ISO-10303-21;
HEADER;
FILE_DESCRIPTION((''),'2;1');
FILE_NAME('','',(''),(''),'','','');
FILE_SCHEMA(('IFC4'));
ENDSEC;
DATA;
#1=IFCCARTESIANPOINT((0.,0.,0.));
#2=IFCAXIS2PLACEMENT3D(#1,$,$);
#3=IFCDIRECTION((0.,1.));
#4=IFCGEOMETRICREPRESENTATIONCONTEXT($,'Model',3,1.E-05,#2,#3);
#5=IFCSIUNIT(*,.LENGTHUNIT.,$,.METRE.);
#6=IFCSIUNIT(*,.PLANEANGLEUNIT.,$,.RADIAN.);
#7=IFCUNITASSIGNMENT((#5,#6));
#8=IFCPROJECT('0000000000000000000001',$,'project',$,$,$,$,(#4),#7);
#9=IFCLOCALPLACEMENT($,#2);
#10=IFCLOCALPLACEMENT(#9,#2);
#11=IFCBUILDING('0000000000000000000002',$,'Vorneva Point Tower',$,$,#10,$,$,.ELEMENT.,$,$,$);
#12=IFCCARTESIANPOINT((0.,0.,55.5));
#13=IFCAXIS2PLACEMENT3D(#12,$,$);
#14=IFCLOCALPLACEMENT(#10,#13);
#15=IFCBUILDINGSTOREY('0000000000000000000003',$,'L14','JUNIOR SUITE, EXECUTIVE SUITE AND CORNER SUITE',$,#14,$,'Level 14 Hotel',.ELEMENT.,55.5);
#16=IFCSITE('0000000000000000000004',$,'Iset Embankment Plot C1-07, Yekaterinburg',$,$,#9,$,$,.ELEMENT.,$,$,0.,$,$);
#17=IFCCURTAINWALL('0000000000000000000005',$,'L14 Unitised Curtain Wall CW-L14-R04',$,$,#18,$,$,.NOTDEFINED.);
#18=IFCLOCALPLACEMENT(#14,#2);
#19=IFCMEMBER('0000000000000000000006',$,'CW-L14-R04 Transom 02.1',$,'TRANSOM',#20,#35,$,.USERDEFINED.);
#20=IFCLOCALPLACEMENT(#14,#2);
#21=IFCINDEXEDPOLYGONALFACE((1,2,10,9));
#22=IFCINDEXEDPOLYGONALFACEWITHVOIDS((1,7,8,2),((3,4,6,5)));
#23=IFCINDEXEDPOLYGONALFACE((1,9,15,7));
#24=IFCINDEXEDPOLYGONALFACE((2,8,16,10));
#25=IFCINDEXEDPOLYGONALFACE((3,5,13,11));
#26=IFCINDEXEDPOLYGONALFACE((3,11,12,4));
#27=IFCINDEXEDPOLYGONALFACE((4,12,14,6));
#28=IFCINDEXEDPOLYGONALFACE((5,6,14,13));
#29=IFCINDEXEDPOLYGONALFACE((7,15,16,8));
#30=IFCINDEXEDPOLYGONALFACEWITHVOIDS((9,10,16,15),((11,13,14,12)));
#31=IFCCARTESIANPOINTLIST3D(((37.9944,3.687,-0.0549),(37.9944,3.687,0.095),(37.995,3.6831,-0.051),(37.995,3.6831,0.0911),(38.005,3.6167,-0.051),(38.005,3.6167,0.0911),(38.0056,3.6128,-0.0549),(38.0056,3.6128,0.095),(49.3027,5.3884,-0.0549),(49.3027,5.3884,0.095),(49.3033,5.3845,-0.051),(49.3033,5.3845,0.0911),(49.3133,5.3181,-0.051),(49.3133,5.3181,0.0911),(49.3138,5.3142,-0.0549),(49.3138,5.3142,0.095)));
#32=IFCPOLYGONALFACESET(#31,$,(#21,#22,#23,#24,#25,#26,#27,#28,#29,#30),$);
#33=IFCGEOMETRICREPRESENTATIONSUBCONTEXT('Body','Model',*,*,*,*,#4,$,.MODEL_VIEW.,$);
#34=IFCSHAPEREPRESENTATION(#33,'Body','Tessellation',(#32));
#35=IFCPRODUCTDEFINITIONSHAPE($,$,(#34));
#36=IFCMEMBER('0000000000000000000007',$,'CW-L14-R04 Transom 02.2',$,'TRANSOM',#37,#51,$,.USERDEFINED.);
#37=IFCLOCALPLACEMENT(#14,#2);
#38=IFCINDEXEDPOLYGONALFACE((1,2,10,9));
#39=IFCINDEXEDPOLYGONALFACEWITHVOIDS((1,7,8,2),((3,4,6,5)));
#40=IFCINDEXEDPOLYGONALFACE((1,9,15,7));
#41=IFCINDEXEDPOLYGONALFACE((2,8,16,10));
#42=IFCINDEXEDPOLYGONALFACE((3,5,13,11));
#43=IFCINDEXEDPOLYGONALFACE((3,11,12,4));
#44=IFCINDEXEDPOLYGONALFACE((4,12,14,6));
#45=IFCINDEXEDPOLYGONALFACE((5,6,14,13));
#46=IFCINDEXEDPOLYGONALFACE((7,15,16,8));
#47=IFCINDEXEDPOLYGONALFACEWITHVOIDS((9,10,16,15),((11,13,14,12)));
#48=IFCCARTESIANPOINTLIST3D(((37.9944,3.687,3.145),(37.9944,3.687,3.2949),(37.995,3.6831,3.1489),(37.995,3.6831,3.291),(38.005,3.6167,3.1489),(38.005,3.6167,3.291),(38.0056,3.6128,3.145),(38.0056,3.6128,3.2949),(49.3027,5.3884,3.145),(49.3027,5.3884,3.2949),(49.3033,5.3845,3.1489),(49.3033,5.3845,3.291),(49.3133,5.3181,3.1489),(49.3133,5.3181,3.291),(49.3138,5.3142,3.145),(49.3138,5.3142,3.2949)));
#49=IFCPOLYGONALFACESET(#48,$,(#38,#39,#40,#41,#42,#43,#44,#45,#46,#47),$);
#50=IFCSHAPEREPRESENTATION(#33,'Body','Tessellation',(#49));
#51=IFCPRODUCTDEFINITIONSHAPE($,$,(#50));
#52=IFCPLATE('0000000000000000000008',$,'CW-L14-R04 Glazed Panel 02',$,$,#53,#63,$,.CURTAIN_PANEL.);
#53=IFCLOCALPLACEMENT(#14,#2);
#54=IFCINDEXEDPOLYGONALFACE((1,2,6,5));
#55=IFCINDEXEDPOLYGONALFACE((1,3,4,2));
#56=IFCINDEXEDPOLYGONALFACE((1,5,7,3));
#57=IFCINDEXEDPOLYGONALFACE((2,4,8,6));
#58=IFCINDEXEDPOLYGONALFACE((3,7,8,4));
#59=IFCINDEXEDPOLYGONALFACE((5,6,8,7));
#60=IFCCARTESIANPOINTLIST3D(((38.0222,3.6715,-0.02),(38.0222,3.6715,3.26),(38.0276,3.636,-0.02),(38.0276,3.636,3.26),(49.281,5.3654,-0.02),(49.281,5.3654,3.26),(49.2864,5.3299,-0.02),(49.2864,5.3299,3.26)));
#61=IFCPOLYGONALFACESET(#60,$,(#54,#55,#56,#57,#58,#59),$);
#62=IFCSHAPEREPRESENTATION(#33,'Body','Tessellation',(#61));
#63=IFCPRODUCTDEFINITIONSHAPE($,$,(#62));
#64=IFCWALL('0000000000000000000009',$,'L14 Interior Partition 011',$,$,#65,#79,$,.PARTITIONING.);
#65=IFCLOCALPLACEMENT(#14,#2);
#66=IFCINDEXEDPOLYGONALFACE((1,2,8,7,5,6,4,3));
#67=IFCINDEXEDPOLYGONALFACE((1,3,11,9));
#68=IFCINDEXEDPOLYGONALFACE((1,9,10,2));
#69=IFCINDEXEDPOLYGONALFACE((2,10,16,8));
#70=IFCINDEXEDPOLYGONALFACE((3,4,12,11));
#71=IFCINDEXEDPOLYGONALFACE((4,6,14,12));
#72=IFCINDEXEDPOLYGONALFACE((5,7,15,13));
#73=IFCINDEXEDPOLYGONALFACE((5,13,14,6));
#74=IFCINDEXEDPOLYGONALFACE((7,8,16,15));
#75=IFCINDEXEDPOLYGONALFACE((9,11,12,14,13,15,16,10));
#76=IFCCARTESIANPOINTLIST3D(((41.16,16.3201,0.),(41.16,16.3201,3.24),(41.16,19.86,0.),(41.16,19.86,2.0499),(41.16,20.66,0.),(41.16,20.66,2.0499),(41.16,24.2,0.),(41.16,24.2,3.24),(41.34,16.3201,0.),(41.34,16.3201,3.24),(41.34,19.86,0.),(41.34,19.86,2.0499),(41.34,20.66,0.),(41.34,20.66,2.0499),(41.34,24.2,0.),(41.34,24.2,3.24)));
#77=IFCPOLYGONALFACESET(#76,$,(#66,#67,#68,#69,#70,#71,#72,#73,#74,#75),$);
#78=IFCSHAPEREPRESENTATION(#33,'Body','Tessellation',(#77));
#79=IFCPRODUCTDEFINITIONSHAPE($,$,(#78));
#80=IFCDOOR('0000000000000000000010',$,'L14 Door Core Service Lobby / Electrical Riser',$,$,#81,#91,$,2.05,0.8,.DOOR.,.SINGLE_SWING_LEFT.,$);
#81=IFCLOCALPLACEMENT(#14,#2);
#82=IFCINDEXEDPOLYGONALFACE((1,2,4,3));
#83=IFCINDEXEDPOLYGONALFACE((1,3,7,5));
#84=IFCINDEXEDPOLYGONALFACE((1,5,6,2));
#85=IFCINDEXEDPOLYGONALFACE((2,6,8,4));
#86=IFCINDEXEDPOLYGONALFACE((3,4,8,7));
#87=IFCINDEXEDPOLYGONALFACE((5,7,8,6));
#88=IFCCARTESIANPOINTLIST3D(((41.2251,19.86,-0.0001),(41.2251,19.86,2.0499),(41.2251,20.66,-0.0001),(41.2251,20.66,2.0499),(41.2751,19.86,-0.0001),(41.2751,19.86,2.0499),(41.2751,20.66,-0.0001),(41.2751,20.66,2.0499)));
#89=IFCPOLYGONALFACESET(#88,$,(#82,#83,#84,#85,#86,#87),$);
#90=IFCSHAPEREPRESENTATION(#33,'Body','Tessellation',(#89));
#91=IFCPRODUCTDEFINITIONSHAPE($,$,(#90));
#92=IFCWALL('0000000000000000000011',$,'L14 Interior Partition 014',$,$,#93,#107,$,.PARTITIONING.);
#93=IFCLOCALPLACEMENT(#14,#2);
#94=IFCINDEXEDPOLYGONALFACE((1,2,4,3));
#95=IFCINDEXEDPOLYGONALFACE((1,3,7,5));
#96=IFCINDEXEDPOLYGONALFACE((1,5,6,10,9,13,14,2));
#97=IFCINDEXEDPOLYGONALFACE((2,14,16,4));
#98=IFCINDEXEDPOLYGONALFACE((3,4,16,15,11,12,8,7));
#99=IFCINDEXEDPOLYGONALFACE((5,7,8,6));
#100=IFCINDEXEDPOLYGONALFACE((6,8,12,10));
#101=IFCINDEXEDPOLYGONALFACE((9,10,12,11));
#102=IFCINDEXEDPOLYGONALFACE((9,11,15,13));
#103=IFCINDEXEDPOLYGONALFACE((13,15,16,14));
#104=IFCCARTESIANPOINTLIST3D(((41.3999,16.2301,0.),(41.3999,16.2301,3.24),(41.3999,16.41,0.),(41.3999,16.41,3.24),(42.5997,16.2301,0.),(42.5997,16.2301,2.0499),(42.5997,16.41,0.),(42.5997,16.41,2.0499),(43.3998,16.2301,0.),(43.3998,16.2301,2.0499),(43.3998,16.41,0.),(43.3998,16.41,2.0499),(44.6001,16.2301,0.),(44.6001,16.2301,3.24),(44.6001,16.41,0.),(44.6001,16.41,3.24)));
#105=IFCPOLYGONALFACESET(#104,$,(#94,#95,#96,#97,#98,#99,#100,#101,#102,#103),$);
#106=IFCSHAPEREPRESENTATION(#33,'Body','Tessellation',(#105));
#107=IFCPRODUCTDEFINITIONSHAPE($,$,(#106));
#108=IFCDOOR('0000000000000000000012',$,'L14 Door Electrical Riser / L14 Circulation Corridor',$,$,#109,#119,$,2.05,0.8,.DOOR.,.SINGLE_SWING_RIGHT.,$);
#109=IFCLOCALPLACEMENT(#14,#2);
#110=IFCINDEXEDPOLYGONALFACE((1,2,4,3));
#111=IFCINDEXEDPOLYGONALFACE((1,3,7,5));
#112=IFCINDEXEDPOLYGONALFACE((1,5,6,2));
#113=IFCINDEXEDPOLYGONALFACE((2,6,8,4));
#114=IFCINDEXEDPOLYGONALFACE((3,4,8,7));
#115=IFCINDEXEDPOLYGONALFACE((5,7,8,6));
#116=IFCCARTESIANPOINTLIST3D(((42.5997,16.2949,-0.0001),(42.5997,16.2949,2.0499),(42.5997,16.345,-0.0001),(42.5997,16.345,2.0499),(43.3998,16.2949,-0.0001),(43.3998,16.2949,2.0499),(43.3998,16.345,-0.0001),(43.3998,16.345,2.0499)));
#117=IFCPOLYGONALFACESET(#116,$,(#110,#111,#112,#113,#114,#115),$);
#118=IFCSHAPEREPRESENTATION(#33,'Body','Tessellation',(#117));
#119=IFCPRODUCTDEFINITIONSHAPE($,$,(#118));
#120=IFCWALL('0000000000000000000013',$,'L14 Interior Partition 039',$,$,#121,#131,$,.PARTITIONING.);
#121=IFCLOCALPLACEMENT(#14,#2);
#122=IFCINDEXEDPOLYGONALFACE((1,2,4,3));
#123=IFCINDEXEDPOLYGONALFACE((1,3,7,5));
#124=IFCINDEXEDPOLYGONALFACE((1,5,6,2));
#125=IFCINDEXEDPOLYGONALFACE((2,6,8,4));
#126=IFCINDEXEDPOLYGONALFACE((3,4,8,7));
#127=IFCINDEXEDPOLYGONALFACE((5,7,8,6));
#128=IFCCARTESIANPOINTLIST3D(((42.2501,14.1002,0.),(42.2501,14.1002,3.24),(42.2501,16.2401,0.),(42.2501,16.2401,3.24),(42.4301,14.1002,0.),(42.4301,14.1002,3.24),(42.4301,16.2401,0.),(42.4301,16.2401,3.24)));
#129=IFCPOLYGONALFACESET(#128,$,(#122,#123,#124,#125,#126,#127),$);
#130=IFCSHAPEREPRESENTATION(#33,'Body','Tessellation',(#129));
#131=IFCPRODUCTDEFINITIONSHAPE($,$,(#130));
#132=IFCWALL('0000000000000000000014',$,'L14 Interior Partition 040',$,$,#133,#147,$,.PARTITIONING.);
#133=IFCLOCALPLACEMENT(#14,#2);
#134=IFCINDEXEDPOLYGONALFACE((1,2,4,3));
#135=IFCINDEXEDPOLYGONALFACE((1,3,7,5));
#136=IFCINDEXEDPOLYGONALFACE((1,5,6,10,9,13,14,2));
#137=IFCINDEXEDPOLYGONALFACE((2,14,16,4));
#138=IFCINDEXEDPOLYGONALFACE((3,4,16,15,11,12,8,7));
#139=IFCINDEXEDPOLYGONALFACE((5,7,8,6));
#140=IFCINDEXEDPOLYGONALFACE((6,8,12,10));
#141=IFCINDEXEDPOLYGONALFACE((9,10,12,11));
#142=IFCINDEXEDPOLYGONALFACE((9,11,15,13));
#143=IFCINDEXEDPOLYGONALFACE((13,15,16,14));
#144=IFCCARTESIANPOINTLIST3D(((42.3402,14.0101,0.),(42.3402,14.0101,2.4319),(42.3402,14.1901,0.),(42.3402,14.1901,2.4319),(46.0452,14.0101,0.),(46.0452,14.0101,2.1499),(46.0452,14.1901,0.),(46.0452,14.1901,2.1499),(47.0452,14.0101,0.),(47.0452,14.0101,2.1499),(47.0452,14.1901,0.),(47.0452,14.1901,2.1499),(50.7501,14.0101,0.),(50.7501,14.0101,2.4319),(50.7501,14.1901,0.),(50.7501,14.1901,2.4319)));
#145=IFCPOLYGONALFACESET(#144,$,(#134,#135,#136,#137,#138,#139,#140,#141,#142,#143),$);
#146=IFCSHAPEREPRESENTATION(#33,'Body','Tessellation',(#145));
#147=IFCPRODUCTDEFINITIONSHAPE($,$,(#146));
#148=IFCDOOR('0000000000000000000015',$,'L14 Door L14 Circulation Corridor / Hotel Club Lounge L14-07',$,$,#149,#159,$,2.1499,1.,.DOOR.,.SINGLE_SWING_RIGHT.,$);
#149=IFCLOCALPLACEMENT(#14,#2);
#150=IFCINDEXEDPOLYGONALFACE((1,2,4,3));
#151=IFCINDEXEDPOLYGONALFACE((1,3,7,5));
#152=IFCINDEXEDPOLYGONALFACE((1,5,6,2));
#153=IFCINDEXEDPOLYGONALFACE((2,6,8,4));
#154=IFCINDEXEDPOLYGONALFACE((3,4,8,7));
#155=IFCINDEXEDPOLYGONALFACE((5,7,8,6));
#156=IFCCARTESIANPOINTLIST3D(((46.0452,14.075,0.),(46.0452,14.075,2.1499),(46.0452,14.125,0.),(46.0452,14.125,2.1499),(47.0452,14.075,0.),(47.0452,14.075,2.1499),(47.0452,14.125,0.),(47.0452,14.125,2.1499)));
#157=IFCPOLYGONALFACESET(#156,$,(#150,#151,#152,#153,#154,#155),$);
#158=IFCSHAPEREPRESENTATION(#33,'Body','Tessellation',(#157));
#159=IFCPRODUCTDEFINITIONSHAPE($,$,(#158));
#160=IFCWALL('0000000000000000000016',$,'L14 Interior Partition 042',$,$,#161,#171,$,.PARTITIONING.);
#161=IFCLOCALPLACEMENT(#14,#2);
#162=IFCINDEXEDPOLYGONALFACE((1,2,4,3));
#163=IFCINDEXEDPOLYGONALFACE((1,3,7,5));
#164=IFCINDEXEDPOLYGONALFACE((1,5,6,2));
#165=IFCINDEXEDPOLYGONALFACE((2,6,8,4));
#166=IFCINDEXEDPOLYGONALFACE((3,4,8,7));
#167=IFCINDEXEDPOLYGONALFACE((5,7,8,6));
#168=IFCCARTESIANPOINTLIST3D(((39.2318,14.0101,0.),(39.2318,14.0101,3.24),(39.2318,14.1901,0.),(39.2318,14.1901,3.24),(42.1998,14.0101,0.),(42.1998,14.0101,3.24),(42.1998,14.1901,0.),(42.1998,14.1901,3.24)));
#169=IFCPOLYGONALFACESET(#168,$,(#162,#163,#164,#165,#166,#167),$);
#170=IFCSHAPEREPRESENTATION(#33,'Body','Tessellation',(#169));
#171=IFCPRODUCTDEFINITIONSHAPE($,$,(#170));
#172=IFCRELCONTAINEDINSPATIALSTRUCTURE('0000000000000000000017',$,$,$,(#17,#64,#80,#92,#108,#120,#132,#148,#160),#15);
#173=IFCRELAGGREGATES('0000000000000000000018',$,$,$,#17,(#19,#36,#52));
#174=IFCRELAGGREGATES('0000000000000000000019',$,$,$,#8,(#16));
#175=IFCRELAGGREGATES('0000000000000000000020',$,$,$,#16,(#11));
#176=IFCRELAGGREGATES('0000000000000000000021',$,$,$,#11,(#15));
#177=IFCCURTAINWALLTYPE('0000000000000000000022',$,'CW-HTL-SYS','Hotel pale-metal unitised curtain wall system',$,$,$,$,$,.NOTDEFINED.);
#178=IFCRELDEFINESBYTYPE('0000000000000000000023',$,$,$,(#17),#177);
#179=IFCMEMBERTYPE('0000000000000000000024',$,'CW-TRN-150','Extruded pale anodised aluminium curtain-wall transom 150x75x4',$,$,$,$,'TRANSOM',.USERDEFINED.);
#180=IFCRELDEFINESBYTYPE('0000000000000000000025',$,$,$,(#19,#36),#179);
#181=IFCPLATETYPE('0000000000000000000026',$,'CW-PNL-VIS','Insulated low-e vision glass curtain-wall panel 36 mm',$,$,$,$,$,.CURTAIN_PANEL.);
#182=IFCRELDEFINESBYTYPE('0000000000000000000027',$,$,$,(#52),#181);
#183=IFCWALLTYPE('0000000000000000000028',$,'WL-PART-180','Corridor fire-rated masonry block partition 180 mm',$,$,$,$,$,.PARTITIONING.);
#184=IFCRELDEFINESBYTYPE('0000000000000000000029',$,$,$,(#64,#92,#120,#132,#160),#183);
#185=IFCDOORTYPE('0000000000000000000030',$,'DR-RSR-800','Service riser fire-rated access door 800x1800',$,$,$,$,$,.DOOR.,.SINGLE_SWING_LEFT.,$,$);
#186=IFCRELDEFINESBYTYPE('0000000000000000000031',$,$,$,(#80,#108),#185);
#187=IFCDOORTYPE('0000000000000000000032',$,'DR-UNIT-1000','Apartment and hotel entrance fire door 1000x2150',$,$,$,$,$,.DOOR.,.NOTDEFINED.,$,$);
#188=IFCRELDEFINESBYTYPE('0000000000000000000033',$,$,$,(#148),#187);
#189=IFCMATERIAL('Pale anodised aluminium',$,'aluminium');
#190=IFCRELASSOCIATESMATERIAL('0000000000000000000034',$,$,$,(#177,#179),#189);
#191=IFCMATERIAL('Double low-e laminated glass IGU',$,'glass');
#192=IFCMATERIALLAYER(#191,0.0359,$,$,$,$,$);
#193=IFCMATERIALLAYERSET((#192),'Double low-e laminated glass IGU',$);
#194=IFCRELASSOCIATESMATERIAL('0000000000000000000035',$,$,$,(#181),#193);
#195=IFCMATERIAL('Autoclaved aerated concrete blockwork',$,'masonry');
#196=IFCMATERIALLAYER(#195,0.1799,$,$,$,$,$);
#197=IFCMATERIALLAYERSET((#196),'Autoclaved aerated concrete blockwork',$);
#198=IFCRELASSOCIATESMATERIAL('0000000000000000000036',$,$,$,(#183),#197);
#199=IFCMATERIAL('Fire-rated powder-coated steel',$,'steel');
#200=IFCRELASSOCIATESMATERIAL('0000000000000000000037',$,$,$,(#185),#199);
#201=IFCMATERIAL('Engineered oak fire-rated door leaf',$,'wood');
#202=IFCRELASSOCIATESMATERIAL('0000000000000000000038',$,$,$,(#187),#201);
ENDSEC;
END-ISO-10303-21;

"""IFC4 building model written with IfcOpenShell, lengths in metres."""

from ifc_helpers import new_model, si_unit, direction, frame, frame_2d, origin, origin_2d, place, context, subcontext, project, spatial, rectangle, hollow_rectangle, extrude, material, layer, layer_set, material_profile, profile_set, type_object, element, fill, aggregate, save


model = new_model("IFC4")

# Units and contexts
model_context = context("Model", 3, precision=1e-05, world=origin(), true_north=direction((0.0, 1.0)))
body_context = subcontext(model_context, "Body", "Model", "MODEL_VIEW")
ifc_project = project(units=[si_unit("LENGTHUNIT", "METRE"), si_unit("PLANEANGLEUNIT", "RADIAN")], contexts=[model_context])

# Site, building, storey
site_placement = place(None, origin())
site = spatial("IfcSite", under=ifc_project, at=site_placement, Name="Iset Embankment Plot C1-07, Yekaterinburg", CompositionType="ELEMENT", RefElevation=0.0)
building_placement = place(site_placement, origin())
building = spatial("IfcBuilding", under=site, at=building_placement, Name="Vorneva Point Tower", CompositionType="ELEMENT")
storey_placement = place(building_placement, frame((0.0, 0.0, 55.5)))
storey = spatial("IfcBuildingStorey", under=building, at=storey_placement, Name="L14", Description="JUNIOR SUITE, EXECUTIVE SUITE AND CORNER SUITE", LongName="Level 14 Hotel", CompositionType="ELEMENT", Elevation=55.5)

# Curtain wall, members, plate
ifc_material_1 = material(Name="Pale anodised aluminium", Category="aluminium")
curtain_wall_type = type_object("IfcCurtainWallType", Name="CW-HTL-SYS", Description="Hotel pale-metal unitised curtain wall system", PredefinedType="NOTDEFINED", material=ifc_material_1)
curtain_wall_placement = place(storey_placement, origin())
curtain_wall = element("IfcCurtainWall", 1, at=curtain_wall_placement, inside=storey, type_object=curtain_wall_type, Name="L14 Unitised Curtain Wall CW-L14-R04", PredefinedType="NOTDEFINED")
ifc_material_profile_1 = material_profile(ifc_material_1, hollow_rectangle(XDim=0.075, YDim=0.1499, WallThickness=0.0039, at=origin_2d()), Name="AL-TRN 150x75x4")
ifc_profile_set_1 = profile_set([ifc_material_profile_1], Name="Pale anodised aluminium")
member_type_1 = type_object("IfcMemberType", Name="CW-TRN-150", Description="Extruded pale anodised aluminium curtain-wall transom 150x75x4", ElementType="TRANSOM", PredefinedType="USERDEFINED", material=ifc_profile_set_1)
member_1_placement = place(storey_placement, frame((38.0, 3.6499, 0.02), z_axis=(0.98887, 0.148782, 0.0), x_axis=(-0.148782, 0.98887, 0.0)))
member_1 = element("IfcMember", 2, at=member_1_placement, type_object=member_type_1, Name="CW-L14-R04 Transom 02.1", ObjectType="TRANSOM", PredefinedType="USERDEFINED", context=body_context, shape_type="SweptSolid", body=[
    extrude(hollow_rectangle(XDim=0.075, YDim=0.1499, WallThickness=0.0039, at=origin_2d()), origin(), (0.0, 0.0, 1.0), 11.4355),
])
member_2_placement = place(storey_placement, frame((38.0, 3.6499, 3.22), z_axis=(0.98887, 0.148782, 0.0), x_axis=(-0.148782, 0.98887, 0.0)))
member_2 = element("IfcMember", 3, at=member_2_placement, type_object=member_type_1, Name="CW-L14-R04 Transom 02.2", ObjectType="TRANSOM", PredefinedType="USERDEFINED", context=body_context, shape_type="SweptSolid", body=[
    extrude(hollow_rectangle(XDim=0.075, YDim=0.1499, WallThickness=0.0039, at=origin_2d()), origin(), (0.0, 0.0, 1.0), 11.4355),
])
ifc_material_2 = material(Name="Double low-e laminated glass IGU", Category="glass")
ifc_layer_1 = layer(ifc_material_2, 0.0359)
ifc_layer_set_1 = layer_set([ifc_layer_1], Name="Double low-e laminated glass IGU")
plate_type = type_object("IfcPlateType", Name="CW-PNL-VIS", Description="Insulated low-e vision glass curtain-wall panel 36 mm", PredefinedType="CURTAIN_PANEL", material=ifc_layer_set_1)
plate_placement = place(storey_placement, frame((43.6543, 4.5007, -0.02), z_axis=(0.0, 0.0, 1.0), x_axis=(0.988871, 0.148776, 0.0)))
plate = element("IfcPlate", 4, at=plate_placement, type_object=plate_type, Name="CW-L14-R04 Glazed Panel 02", PredefinedType="CURTAIN_PANEL", context=body_context, shape_type="SweptSolid", body=[
    extrude(rectangle(XDim=11.3855, YDim=0.0359, at=origin_2d()), origin(), (0.0, 0.0, 1.0), 3.28),
])
aggregate(curtain_wall, [member_1, member_2, plate])

# Walls, openings, doors
ifc_material_3 = material(Name="Autoclaved aerated concrete blockwork", Category="masonry")
ifc_layer_2 = layer(ifc_material_3, 0.1799)
ifc_layer_set_2 = layer_set([ifc_layer_2], Name="Autoclaved aerated concrete blockwork")
wall_type_1 = type_object("IfcWallType", Name="WL-PART-180", Description="Corridor fire-rated masonry block partition 180 mm", PredefinedType="PARTITIONING", material=ifc_layer_set_2)
wall_1_placement = place(storey_placement, frame((41.25, 16.3201, 0.0), z_axis=(0.0, 0.0, 1.0), x_axis=(0.0, 1.0, 0.0)))
wall_1 = element("IfcWall", 5, at=wall_1_placement, inside=storey, type_object=wall_type_1, Name="L14 Interior Partition 011", PredefinedType="PARTITIONING", context=body_context, shape_type="SweptSolid", body=[
    extrude(rectangle(XDim=7.8799, YDim=0.1799, at=frame_2d((3.9399, 0.0))), origin(), (0.0, 0.0, 1.0), 3.24),
])
opening_1_placement = place(wall_1_placement, frame((3.54, 0.0, 0.0)))
opening_1 = element("IfcOpeningElement", 6, at=opening_1_placement, cuts=wall_1, PredefinedType="OPENING", context=body_context, shape_type="SweptSolid", body=[
    extrude(rectangle(XDim=0.8, YDim=2.05, at=frame_2d((0.3999, 1.0249))), frame((0.0, 0.105, 0.0), z_axis=(0.0, -1.0, 0.0), x_axis=(1.0, 0.0, 0.0)), (0.0, 0.0, 1.0), 0.2097),
])
ifc_material_4 = material(Name="Fire-rated powder-coated steel", Category="steel")
door_type_1 = type_object("IfcDoorType", Name="DR-RSR-800", Description="Service riser fire-rated access door 800x1800", OperationType="SINGLE_SWING_LEFT", PredefinedType="DOOR", material=ifc_material_4)
door_1_placement = place(opening_1_placement, origin())
door_1 = element("IfcDoor", 7, at=door_1_placement, inside=storey, type_object=door_type_1, Name="L14 Door Core Service Lobby / Electrical Riser", OperationType="SINGLE_SWING_LEFT", OverallHeight=2.05, OverallWidth=0.8, PredefinedType="DOOR", context=body_context, shape_type="SweptSolid", body=[
    extrude(rectangle(XDim=0.8, YDim=2.05, at=frame_2d((0.3999, 1.0249))), frame((0.0, 0.0249, 0.0), z_axis=(0.0, -1.0, 0.0), x_axis=(1.0, 0.0, 0.0)), (0.0, 0.0, 1.0), 0.05),
])
fill(opening_1, door_1)
wall_2_placement = place(storey_placement, frame((41.3999, 16.3201, 0.0), z_axis=(0.0, 0.0, 1.0), x_axis=(1.0, 0.0, 0.0)))
wall_2 = element("IfcWall", 8, at=wall_2_placement, inside=storey, type_object=wall_type_1, Name="L14 Interior Partition 014", PredefinedType="PARTITIONING", context=body_context, shape_type="SweptSolid", body=[
    extrude(rectangle(XDim=3.2002, YDim=0.1799, at=frame_2d((1.6001, 0.0))), origin(), (0.0, 0.0, 1.0), 3.24),
])
opening_2_placement = place(wall_2_placement, frame((1.2, 0.0, 0.0)))
opening_2 = element("IfcOpeningElement", 9, at=opening_2_placement, cuts=wall_2, PredefinedType="OPENING", context=body_context, shape_type="SweptSolid", body=[
    extrude(rectangle(XDim=0.8, YDim=2.05, at=frame_2d((0.3999, 1.0249))), frame((0.0, 0.105, 0.0), z_axis=(0.0, -1.0, 0.0), x_axis=(1.0, 0.0, 0.0)), (0.0, 0.0, 1.0), 0.2097),
])
door_2_placement = place(opening_2_placement, origin())
door_2 = element("IfcDoor", 10, at=door_2_placement, inside=storey, type_object=door_type_1, Name="L14 Door Electrical Riser / L14 Circulation Corridor", OperationType="SINGLE_SWING_RIGHT", OverallHeight=2.05, OverallWidth=0.8, PredefinedType="DOOR", context=body_context, shape_type="SweptSolid", body=[
    extrude(rectangle(XDim=0.8, YDim=2.05, at=frame_2d((0.3999, 1.0249))), frame((0.0, 0.0249, 0.0), z_axis=(0.0, -1.0, 0.0), x_axis=(1.0, 0.0, 0.0)), (0.0, 0.0, 1.0), 0.05),
])
fill(opening_2, door_2)

# Wall
wall_3_placement = place(storey_placement, frame((42.3401, 16.24, 0.0), z_axis=(0.0, 0.0, 1.0), x_axis=(0.0, -1.0, 0.0)))
element("IfcWall", 11, at=wall_3_placement, inside=storey, type_object=wall_type_1, Name="L14 Interior Partition 039", PredefinedType="PARTITIONING", context=body_context, shape_type="SweptSolid", body=[
    extrude(rectangle(XDim=2.1399, YDim=0.1799, at=frame_2d((1.0698, 0.0))), origin(), (0.0, 0.0, 1.0), 3.24),
])

# Wall, opening, door
wall_4_placement = place(storey_placement, frame((42.3401, 14.1001, 0.0), z_axis=(0.0, 0.0, 1.0), x_axis=(1.0, 0.0, 0.0)))
wall_4 = element("IfcWall", 12, at=wall_4_placement, inside=storey, type_object=wall_type_1, Name="L14 Interior Partition 040", PredefinedType="PARTITIONING", context=body_context, shape_type="SweptSolid", body=[
    extrude(rectangle(XDim=8.4099, YDim=0.1799, at=frame_2d((4.2051, 0.0))), origin(), (0.0, 0.0, 1.0), 2.4319),
])
opening_3_placement = place(wall_4_placement, frame((3.7051, 0.0, 0.0)))
opening_3 = element("IfcOpeningElement", 13, at=opening_3_placement, cuts=wall_4, PredefinedType="OPENING", context=body_context, shape_type="SweptSolid", body=[
    extrude(rectangle(XDim=1.0, YDim=2.1499, at=frame_2d((0.5, 1.075))), frame((0.0, 0.105, 0.0), z_axis=(0.0, -1.0, 0.0), x_axis=(1.0, 0.0, 0.0)), (0.0, 0.0, 1.0), 0.2097),
])
ifc_material_5 = material(Name="Engineered oak fire-rated door leaf", Category="wood")
door_type_2 = type_object("IfcDoorType", Name="DR-UNIT-1000", Description="Apartment and hotel entrance fire door 1000x2150", OperationType="NOTDEFINED", PredefinedType="DOOR", material=ifc_material_5)
door_3_placement = place(opening_3_placement, origin())
door_3 = element("IfcDoor", 14, at=door_3_placement, inside=storey, type_object=door_type_2, Name="L14 Door L14 Circulation Corridor / Hotel Club Lounge L14-07", OperationType="SINGLE_SWING_RIGHT", OverallHeight=2.1499, OverallWidth=1.0, PredefinedType="DOOR", context=body_context, shape_type="SweptSolid", body=[
    extrude(rectangle(XDim=1.0, YDim=2.1499, at=frame_2d((0.5, 1.075))), frame((0.0, 0.0249, 0.0), z_axis=(0.0, -1.0, 0.0), x_axis=(1.0, 0.0, 0.0)), (0.0, 0.0, 1.0), 0.05),
])
fill(opening_3, door_3)

# Wall
wall_5_placement = place(storey_placement, frame((39.2319, 14.1001, 0.0), z_axis=(0.0, 0.0, 1.0), x_axis=(1.0, 0.0, 0.0)))
element("IfcWall", 15, at=wall_5_placement, inside=storey, type_object=wall_type_1, Name="L14 Interior Partition 042", PredefinedType="PARTITIONING", context=body_context, shape_type="SweptSolid", body=[
    extrude(rectangle(XDim=2.968, YDim=0.1799, at=frame_2d((1.4839, 0.0))), origin(), (0.0, 0.0, 1.0), 3.24),
])

save(model, "model.ifc")
